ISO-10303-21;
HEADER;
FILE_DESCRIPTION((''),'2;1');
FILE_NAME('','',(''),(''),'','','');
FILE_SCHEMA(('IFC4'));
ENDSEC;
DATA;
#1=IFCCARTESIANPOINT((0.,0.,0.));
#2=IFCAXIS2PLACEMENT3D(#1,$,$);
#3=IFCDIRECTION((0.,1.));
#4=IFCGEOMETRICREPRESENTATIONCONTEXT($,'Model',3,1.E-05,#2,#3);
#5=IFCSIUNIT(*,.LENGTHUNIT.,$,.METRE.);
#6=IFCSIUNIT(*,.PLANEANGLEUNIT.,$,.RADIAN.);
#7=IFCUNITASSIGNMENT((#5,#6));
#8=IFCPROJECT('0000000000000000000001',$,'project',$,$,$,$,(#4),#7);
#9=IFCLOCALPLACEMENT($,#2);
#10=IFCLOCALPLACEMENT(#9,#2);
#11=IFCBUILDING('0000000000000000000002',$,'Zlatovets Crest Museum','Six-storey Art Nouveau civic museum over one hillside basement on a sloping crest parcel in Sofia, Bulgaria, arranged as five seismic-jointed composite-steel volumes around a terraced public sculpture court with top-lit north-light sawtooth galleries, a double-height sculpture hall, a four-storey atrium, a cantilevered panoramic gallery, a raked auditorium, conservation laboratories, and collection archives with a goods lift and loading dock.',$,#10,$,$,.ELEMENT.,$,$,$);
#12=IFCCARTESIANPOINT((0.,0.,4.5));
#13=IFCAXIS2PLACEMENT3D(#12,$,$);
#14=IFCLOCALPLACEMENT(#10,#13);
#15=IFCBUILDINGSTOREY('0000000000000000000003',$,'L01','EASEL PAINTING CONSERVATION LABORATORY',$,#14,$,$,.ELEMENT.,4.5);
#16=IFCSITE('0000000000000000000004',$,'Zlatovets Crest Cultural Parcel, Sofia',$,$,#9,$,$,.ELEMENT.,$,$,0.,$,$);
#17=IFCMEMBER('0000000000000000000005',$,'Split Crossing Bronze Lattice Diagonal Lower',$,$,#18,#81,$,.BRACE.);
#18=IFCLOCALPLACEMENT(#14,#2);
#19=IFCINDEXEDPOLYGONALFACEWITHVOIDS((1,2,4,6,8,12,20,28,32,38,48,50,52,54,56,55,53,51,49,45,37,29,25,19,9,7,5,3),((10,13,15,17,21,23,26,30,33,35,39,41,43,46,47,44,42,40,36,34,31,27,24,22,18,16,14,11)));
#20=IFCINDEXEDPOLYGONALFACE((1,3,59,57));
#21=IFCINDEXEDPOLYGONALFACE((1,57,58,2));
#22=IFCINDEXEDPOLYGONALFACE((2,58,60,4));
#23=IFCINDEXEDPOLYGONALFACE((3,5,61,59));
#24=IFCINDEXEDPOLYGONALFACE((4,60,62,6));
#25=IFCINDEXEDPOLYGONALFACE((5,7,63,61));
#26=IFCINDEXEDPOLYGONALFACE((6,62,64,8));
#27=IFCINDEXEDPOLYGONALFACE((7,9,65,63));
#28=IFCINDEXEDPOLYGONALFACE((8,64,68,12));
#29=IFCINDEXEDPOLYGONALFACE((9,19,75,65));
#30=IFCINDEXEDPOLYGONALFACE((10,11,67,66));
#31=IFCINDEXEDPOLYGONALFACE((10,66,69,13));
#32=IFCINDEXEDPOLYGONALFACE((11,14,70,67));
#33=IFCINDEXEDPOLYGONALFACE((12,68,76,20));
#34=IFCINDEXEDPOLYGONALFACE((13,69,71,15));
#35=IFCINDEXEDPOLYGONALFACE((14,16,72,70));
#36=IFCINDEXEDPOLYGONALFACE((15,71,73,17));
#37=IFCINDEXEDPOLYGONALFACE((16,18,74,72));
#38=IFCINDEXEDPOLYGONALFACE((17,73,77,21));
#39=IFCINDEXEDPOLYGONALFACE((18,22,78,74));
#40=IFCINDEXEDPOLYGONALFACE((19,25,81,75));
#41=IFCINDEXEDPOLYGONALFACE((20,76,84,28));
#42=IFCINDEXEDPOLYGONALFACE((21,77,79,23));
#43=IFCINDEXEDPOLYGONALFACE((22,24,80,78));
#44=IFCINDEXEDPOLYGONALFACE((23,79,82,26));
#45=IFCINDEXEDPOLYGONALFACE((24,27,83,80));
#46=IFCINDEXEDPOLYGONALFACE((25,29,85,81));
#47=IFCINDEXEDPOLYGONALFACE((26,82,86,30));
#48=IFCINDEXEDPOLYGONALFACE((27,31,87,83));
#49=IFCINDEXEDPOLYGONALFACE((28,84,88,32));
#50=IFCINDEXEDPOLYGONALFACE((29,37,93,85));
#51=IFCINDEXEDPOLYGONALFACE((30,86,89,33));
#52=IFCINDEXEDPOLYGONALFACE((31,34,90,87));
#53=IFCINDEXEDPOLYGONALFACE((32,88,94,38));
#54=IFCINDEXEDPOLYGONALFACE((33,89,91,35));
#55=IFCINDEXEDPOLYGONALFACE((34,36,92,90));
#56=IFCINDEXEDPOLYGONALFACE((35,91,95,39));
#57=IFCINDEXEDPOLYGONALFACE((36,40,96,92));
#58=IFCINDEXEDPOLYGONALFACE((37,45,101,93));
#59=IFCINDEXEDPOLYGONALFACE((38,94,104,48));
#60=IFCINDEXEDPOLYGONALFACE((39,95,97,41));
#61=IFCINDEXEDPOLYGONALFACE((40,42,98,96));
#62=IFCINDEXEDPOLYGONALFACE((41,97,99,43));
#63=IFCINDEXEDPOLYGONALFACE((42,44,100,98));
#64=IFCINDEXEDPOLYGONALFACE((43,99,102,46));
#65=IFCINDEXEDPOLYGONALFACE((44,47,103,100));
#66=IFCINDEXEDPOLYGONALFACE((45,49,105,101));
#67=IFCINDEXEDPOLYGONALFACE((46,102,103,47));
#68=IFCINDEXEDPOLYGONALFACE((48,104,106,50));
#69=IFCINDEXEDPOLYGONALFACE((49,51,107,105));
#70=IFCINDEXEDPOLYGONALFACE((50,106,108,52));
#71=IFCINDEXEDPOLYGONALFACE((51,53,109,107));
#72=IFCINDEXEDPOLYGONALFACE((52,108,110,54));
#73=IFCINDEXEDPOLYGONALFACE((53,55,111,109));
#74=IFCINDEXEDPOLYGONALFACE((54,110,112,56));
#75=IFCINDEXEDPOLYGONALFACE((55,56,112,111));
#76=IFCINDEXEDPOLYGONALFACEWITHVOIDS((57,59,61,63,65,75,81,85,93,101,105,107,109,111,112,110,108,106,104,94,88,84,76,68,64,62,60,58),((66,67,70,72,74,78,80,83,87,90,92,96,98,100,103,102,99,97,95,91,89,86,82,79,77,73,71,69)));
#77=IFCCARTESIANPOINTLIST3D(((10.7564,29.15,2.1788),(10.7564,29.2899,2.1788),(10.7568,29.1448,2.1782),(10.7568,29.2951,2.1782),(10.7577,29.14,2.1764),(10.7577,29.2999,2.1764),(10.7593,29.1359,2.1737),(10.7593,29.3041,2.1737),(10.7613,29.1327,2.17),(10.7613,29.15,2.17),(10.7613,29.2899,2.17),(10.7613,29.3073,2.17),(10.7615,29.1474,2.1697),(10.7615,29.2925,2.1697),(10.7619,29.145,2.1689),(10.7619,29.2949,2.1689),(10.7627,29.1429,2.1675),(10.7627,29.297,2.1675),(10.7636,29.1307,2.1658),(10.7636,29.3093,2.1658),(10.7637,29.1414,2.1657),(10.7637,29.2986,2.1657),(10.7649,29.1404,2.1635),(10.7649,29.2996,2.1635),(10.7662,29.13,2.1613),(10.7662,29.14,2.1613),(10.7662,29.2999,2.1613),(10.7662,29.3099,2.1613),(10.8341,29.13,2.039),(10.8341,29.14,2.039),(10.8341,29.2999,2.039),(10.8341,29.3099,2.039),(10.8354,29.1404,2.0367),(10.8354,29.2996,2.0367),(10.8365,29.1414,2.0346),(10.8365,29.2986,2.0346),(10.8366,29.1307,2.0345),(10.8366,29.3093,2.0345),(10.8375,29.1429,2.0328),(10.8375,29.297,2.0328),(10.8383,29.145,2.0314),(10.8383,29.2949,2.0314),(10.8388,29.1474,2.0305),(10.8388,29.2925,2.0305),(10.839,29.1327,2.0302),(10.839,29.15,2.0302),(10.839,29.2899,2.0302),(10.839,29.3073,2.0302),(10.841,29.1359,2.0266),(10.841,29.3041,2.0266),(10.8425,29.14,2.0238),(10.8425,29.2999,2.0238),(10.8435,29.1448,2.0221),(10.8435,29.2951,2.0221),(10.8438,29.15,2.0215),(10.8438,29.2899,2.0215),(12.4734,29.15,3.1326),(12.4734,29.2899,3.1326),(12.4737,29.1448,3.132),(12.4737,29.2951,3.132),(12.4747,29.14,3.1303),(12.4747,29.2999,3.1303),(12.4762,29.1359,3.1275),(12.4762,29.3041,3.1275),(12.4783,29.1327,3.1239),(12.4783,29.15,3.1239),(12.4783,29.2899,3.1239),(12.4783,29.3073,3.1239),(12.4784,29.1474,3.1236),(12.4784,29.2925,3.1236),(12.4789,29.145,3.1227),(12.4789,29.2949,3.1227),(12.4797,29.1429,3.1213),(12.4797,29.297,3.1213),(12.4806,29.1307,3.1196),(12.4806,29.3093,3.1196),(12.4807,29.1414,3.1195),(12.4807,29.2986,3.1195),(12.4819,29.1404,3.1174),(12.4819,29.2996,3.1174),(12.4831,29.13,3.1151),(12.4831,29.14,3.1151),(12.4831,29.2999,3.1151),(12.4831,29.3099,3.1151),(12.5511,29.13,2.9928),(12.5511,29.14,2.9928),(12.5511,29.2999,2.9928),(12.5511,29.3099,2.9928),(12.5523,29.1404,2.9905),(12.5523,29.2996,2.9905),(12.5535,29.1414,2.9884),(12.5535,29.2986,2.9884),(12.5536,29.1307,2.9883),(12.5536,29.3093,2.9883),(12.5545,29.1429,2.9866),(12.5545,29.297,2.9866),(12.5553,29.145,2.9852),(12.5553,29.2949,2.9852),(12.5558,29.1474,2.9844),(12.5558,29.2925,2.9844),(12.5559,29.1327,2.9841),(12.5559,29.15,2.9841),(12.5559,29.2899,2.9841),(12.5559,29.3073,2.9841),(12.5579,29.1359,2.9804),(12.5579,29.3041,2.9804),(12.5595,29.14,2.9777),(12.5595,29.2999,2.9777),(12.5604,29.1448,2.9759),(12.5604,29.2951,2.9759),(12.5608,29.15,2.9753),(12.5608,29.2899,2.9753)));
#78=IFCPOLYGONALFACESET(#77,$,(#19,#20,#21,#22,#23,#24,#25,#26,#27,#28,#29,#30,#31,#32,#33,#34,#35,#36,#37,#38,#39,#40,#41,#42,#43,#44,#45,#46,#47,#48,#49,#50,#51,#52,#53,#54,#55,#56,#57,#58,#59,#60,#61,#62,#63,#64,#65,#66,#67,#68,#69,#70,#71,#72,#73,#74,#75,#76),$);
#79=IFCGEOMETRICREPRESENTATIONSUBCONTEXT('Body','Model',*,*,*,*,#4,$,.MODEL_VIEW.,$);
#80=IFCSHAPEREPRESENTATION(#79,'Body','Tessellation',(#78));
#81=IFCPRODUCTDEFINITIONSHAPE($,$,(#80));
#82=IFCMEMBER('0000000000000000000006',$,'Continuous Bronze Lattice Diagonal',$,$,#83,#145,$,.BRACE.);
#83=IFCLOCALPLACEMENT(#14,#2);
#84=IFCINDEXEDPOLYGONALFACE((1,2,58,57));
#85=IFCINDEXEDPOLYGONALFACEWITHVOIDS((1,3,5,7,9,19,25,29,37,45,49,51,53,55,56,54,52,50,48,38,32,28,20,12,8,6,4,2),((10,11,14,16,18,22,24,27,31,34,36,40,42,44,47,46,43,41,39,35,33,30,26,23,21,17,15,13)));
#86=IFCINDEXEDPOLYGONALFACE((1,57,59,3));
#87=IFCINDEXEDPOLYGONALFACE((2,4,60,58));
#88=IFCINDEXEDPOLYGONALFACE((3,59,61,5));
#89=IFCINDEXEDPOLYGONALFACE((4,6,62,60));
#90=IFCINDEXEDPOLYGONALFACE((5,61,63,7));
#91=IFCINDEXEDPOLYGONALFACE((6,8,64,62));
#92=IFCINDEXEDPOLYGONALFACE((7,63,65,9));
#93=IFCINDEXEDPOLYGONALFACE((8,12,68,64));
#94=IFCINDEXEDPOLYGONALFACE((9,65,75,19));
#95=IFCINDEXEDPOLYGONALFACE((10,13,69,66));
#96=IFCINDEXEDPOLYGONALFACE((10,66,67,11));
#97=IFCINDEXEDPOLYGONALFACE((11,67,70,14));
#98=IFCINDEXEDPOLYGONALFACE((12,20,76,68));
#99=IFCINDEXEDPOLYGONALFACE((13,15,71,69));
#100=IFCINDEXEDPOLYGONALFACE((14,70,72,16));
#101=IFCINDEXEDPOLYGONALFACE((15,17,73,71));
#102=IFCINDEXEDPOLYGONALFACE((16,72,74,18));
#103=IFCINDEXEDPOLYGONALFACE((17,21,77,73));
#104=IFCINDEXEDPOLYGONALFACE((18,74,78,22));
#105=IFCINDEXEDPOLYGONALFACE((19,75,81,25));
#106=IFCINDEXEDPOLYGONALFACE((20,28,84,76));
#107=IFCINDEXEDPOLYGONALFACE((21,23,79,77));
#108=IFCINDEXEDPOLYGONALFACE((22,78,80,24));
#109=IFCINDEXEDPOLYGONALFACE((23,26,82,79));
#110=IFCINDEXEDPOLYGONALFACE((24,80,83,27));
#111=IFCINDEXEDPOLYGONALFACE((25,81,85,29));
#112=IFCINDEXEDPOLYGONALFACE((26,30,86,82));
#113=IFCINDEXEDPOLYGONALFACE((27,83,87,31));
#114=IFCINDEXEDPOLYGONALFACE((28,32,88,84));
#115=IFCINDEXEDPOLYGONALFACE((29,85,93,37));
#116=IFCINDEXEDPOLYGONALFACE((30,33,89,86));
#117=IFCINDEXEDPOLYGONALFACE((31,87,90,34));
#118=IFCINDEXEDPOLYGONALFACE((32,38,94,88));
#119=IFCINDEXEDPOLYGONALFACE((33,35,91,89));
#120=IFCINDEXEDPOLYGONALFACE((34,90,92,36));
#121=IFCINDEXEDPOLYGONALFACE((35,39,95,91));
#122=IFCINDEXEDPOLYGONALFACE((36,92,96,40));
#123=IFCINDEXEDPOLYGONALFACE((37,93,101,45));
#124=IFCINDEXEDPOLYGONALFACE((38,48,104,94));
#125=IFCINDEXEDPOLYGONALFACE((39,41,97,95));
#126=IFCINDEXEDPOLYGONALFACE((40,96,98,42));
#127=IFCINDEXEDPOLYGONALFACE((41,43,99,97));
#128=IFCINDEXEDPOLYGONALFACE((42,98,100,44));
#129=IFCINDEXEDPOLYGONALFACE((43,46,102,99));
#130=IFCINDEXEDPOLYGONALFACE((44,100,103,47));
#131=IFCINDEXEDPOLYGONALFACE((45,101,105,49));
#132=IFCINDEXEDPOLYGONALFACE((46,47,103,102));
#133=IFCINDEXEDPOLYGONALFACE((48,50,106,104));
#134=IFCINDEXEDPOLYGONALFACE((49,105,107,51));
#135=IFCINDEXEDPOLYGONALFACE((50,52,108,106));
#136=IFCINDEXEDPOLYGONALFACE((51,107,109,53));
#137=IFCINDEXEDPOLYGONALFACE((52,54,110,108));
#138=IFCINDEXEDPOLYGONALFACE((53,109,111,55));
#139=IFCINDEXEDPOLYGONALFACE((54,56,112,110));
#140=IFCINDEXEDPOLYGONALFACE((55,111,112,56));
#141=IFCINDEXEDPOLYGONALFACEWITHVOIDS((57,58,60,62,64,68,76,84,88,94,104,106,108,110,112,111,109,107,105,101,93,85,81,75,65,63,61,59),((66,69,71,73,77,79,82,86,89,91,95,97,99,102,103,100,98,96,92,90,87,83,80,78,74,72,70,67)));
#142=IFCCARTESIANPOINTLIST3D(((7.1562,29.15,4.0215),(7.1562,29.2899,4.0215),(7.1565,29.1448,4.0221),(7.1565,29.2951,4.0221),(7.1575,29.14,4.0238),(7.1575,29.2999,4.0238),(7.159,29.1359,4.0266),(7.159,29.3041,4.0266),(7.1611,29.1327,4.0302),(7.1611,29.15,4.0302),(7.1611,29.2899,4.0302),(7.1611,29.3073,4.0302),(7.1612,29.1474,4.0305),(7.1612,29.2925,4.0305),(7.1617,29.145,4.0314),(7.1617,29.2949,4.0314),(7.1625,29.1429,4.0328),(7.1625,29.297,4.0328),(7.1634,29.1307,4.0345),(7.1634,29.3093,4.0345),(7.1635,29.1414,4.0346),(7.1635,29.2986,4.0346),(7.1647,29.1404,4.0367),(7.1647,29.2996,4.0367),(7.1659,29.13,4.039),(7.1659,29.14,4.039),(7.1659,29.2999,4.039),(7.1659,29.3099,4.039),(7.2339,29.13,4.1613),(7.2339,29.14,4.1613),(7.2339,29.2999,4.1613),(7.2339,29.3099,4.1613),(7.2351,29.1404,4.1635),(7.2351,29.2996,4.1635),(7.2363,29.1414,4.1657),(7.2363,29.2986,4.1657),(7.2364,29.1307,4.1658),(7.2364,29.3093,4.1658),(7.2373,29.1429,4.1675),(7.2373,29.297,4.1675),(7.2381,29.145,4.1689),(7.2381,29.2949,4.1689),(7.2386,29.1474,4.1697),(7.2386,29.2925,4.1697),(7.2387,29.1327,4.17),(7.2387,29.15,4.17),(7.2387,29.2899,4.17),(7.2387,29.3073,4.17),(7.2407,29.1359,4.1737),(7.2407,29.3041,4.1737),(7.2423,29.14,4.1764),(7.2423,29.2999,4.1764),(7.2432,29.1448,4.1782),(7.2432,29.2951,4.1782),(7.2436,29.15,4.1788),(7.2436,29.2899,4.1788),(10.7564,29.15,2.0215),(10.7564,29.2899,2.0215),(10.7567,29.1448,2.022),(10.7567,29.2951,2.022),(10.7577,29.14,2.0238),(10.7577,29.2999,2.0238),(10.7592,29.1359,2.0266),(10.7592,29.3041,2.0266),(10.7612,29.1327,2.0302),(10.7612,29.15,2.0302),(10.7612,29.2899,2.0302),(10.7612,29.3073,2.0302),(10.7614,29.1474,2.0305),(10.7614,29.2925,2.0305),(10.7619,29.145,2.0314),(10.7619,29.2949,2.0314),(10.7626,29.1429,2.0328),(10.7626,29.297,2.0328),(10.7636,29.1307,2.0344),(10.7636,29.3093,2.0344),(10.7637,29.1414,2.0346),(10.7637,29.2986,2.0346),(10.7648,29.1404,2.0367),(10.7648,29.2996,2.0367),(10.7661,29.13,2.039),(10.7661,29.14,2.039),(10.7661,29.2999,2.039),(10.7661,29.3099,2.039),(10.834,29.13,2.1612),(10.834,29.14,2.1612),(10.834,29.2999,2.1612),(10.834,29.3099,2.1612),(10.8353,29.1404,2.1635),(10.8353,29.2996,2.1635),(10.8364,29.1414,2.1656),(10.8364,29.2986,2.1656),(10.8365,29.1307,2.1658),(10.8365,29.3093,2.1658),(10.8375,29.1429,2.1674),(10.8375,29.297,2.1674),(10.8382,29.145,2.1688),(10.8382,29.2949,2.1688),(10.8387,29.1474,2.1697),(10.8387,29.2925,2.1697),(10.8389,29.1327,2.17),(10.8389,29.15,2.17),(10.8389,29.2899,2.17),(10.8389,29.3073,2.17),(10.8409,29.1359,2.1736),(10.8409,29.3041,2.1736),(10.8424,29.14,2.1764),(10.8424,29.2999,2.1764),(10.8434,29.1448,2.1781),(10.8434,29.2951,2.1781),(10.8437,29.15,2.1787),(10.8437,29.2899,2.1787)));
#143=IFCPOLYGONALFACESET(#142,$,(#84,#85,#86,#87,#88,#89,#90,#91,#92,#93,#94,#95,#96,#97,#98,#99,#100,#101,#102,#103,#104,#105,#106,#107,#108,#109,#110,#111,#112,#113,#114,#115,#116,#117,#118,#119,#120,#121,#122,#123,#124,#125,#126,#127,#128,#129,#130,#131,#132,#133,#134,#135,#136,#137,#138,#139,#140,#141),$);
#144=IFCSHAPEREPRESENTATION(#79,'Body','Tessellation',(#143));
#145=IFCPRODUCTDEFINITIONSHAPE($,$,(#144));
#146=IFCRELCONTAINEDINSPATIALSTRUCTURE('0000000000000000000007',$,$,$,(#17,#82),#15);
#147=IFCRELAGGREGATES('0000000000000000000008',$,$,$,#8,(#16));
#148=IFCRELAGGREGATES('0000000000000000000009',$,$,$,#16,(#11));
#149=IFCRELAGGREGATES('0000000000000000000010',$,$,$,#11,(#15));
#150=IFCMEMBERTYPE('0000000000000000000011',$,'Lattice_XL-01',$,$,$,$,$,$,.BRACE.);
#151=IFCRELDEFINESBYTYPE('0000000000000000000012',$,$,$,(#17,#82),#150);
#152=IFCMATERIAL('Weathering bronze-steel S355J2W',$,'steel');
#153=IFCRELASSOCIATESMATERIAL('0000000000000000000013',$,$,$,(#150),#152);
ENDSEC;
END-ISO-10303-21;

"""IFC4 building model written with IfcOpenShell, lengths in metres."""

from ifc_helpers import new_model, si_unit, direction, frame, origin, origin_2d, place, context, subcontext, project, spatial, hollow_rectangle, extrude, material, material_profile, profile_set, type_object, element, save


model = new_model("IFC4")

# Units and contexts
model_context = context("Model", 3, precision=1e-05, world=origin(), true_north=direction((0.0, 1.0)))
body_context = subcontext(model_context, "Body", "Model", "MODEL_VIEW")
ifc_project = project(units=[si_unit("LENGTHUNIT", "METRE"), si_unit("PLANEANGLEUNIT", "RADIAN")], contexts=[model_context])

# Site, building, storey
site_placement = place(None, origin())
site = spatial("IfcSite", under=ifc_project, at=site_placement, Name="Zlatovets Crest Cultural Parcel, Sofia", CompositionType="ELEMENT", RefElevation=0.0)
building_placement = place(site_placement, origin())
building = spatial("IfcBuilding", under=site, at=building_placement, Name="Zlatovets Crest Museum", Description="Six-storey Art Nouveau civic museum over one hillside basement on a sloping crest parcel in Sofia, Bulgaria, arranged as five seismic-jointed composite-steel volumes around a terraced public sculpture court with top-lit north-light sawtooth galleries, a double-height sculpture hall, a four-storey atrium, a cantilevered panoramic gallery, a raked auditorium, conservation laboratories, and collection archives with a goods lift and loading dock.", CompositionType="ELEMENT")
storey_placement = place(building_placement, frame((0.0, 0.0, 4.5)))
storey = spatial("IfcBuildingStorey", under=building, at=storey_placement, Name="L01", Description="EASEL PAINTING CONSERVATION LABORATORY", CompositionType="ELEMENT", Elevation=4.5)

# Members
ifc_material_1 = material(Name="Weathering bronze-steel S355J2W", Category="steel")
ifc_material_profile_1 = material_profile(ifc_material_1, hollow_rectangle(XDim=0.1799, YDim=0.1799, WallThickness=0.01, InnerFilletRadius=0.01, OuterFilletRadius=0.02, at=origin_2d()), Name="SHS 180x180x10.0")
ifc_profile_set_1 = profile_set([ifc_material_profile_1], Name="Weathering bronze-steel S355J2W")
member_type_1 = type_object("IfcMemberType", Name="Lattice_XL-01", PredefinedType="BRACE", material=ifc_profile_set_1)
for number, where, z_axis, x_axis, name in (
    (1, (12.5171, 29.22, 3.054), (-0.874169, 0.0, -0.485622), (0.0, -1.0, 0.0), "Split Crossing Bronze Lattice Diagonal Lower"),
):
    element("IfcMember", number, at=place(storey_placement, frame(where, z_axis=z_axis, x_axis=x_axis)), inside=storey, type_object=member_type_1, Name=name, PredefinedType="BRACE", context=body_context, shape_type="SweptSolid", body=[
        extrude(hollow_rectangle(XDim=0.1799, YDim=0.1799, WallThickness=0.01, InnerFilletRadius=0.01, OuterFilletRadius=0.02, at=origin_2d()), origin(), (0.0, 0.0, 1.0), 1.9641),
    ])
member_1_placement = place(storey_placement, frame((10.8, 29.22, 2.1001), z_axis=(-0.874163, 0.0, 0.485633), x_axis=(0.0, -1.0, 0.0)))
element("IfcMember", 2, at=member_1_placement, inside=storey, type_object=member_type_1, Name="Continuous Bronze Lattice Diagonal", PredefinedType="BRACE", context=body_context, shape_type="SweptSolid", body=[
    extrude(hollow_rectangle(XDim=0.1799, YDim=0.1799, WallThickness=0.01, InnerFilletRadius=0.01, OuterFilletRadius=0.02, at=origin_2d()), origin(), (0.0, 0.0, 1.0), 4.1184),
])

save(model, "model.ifc")
